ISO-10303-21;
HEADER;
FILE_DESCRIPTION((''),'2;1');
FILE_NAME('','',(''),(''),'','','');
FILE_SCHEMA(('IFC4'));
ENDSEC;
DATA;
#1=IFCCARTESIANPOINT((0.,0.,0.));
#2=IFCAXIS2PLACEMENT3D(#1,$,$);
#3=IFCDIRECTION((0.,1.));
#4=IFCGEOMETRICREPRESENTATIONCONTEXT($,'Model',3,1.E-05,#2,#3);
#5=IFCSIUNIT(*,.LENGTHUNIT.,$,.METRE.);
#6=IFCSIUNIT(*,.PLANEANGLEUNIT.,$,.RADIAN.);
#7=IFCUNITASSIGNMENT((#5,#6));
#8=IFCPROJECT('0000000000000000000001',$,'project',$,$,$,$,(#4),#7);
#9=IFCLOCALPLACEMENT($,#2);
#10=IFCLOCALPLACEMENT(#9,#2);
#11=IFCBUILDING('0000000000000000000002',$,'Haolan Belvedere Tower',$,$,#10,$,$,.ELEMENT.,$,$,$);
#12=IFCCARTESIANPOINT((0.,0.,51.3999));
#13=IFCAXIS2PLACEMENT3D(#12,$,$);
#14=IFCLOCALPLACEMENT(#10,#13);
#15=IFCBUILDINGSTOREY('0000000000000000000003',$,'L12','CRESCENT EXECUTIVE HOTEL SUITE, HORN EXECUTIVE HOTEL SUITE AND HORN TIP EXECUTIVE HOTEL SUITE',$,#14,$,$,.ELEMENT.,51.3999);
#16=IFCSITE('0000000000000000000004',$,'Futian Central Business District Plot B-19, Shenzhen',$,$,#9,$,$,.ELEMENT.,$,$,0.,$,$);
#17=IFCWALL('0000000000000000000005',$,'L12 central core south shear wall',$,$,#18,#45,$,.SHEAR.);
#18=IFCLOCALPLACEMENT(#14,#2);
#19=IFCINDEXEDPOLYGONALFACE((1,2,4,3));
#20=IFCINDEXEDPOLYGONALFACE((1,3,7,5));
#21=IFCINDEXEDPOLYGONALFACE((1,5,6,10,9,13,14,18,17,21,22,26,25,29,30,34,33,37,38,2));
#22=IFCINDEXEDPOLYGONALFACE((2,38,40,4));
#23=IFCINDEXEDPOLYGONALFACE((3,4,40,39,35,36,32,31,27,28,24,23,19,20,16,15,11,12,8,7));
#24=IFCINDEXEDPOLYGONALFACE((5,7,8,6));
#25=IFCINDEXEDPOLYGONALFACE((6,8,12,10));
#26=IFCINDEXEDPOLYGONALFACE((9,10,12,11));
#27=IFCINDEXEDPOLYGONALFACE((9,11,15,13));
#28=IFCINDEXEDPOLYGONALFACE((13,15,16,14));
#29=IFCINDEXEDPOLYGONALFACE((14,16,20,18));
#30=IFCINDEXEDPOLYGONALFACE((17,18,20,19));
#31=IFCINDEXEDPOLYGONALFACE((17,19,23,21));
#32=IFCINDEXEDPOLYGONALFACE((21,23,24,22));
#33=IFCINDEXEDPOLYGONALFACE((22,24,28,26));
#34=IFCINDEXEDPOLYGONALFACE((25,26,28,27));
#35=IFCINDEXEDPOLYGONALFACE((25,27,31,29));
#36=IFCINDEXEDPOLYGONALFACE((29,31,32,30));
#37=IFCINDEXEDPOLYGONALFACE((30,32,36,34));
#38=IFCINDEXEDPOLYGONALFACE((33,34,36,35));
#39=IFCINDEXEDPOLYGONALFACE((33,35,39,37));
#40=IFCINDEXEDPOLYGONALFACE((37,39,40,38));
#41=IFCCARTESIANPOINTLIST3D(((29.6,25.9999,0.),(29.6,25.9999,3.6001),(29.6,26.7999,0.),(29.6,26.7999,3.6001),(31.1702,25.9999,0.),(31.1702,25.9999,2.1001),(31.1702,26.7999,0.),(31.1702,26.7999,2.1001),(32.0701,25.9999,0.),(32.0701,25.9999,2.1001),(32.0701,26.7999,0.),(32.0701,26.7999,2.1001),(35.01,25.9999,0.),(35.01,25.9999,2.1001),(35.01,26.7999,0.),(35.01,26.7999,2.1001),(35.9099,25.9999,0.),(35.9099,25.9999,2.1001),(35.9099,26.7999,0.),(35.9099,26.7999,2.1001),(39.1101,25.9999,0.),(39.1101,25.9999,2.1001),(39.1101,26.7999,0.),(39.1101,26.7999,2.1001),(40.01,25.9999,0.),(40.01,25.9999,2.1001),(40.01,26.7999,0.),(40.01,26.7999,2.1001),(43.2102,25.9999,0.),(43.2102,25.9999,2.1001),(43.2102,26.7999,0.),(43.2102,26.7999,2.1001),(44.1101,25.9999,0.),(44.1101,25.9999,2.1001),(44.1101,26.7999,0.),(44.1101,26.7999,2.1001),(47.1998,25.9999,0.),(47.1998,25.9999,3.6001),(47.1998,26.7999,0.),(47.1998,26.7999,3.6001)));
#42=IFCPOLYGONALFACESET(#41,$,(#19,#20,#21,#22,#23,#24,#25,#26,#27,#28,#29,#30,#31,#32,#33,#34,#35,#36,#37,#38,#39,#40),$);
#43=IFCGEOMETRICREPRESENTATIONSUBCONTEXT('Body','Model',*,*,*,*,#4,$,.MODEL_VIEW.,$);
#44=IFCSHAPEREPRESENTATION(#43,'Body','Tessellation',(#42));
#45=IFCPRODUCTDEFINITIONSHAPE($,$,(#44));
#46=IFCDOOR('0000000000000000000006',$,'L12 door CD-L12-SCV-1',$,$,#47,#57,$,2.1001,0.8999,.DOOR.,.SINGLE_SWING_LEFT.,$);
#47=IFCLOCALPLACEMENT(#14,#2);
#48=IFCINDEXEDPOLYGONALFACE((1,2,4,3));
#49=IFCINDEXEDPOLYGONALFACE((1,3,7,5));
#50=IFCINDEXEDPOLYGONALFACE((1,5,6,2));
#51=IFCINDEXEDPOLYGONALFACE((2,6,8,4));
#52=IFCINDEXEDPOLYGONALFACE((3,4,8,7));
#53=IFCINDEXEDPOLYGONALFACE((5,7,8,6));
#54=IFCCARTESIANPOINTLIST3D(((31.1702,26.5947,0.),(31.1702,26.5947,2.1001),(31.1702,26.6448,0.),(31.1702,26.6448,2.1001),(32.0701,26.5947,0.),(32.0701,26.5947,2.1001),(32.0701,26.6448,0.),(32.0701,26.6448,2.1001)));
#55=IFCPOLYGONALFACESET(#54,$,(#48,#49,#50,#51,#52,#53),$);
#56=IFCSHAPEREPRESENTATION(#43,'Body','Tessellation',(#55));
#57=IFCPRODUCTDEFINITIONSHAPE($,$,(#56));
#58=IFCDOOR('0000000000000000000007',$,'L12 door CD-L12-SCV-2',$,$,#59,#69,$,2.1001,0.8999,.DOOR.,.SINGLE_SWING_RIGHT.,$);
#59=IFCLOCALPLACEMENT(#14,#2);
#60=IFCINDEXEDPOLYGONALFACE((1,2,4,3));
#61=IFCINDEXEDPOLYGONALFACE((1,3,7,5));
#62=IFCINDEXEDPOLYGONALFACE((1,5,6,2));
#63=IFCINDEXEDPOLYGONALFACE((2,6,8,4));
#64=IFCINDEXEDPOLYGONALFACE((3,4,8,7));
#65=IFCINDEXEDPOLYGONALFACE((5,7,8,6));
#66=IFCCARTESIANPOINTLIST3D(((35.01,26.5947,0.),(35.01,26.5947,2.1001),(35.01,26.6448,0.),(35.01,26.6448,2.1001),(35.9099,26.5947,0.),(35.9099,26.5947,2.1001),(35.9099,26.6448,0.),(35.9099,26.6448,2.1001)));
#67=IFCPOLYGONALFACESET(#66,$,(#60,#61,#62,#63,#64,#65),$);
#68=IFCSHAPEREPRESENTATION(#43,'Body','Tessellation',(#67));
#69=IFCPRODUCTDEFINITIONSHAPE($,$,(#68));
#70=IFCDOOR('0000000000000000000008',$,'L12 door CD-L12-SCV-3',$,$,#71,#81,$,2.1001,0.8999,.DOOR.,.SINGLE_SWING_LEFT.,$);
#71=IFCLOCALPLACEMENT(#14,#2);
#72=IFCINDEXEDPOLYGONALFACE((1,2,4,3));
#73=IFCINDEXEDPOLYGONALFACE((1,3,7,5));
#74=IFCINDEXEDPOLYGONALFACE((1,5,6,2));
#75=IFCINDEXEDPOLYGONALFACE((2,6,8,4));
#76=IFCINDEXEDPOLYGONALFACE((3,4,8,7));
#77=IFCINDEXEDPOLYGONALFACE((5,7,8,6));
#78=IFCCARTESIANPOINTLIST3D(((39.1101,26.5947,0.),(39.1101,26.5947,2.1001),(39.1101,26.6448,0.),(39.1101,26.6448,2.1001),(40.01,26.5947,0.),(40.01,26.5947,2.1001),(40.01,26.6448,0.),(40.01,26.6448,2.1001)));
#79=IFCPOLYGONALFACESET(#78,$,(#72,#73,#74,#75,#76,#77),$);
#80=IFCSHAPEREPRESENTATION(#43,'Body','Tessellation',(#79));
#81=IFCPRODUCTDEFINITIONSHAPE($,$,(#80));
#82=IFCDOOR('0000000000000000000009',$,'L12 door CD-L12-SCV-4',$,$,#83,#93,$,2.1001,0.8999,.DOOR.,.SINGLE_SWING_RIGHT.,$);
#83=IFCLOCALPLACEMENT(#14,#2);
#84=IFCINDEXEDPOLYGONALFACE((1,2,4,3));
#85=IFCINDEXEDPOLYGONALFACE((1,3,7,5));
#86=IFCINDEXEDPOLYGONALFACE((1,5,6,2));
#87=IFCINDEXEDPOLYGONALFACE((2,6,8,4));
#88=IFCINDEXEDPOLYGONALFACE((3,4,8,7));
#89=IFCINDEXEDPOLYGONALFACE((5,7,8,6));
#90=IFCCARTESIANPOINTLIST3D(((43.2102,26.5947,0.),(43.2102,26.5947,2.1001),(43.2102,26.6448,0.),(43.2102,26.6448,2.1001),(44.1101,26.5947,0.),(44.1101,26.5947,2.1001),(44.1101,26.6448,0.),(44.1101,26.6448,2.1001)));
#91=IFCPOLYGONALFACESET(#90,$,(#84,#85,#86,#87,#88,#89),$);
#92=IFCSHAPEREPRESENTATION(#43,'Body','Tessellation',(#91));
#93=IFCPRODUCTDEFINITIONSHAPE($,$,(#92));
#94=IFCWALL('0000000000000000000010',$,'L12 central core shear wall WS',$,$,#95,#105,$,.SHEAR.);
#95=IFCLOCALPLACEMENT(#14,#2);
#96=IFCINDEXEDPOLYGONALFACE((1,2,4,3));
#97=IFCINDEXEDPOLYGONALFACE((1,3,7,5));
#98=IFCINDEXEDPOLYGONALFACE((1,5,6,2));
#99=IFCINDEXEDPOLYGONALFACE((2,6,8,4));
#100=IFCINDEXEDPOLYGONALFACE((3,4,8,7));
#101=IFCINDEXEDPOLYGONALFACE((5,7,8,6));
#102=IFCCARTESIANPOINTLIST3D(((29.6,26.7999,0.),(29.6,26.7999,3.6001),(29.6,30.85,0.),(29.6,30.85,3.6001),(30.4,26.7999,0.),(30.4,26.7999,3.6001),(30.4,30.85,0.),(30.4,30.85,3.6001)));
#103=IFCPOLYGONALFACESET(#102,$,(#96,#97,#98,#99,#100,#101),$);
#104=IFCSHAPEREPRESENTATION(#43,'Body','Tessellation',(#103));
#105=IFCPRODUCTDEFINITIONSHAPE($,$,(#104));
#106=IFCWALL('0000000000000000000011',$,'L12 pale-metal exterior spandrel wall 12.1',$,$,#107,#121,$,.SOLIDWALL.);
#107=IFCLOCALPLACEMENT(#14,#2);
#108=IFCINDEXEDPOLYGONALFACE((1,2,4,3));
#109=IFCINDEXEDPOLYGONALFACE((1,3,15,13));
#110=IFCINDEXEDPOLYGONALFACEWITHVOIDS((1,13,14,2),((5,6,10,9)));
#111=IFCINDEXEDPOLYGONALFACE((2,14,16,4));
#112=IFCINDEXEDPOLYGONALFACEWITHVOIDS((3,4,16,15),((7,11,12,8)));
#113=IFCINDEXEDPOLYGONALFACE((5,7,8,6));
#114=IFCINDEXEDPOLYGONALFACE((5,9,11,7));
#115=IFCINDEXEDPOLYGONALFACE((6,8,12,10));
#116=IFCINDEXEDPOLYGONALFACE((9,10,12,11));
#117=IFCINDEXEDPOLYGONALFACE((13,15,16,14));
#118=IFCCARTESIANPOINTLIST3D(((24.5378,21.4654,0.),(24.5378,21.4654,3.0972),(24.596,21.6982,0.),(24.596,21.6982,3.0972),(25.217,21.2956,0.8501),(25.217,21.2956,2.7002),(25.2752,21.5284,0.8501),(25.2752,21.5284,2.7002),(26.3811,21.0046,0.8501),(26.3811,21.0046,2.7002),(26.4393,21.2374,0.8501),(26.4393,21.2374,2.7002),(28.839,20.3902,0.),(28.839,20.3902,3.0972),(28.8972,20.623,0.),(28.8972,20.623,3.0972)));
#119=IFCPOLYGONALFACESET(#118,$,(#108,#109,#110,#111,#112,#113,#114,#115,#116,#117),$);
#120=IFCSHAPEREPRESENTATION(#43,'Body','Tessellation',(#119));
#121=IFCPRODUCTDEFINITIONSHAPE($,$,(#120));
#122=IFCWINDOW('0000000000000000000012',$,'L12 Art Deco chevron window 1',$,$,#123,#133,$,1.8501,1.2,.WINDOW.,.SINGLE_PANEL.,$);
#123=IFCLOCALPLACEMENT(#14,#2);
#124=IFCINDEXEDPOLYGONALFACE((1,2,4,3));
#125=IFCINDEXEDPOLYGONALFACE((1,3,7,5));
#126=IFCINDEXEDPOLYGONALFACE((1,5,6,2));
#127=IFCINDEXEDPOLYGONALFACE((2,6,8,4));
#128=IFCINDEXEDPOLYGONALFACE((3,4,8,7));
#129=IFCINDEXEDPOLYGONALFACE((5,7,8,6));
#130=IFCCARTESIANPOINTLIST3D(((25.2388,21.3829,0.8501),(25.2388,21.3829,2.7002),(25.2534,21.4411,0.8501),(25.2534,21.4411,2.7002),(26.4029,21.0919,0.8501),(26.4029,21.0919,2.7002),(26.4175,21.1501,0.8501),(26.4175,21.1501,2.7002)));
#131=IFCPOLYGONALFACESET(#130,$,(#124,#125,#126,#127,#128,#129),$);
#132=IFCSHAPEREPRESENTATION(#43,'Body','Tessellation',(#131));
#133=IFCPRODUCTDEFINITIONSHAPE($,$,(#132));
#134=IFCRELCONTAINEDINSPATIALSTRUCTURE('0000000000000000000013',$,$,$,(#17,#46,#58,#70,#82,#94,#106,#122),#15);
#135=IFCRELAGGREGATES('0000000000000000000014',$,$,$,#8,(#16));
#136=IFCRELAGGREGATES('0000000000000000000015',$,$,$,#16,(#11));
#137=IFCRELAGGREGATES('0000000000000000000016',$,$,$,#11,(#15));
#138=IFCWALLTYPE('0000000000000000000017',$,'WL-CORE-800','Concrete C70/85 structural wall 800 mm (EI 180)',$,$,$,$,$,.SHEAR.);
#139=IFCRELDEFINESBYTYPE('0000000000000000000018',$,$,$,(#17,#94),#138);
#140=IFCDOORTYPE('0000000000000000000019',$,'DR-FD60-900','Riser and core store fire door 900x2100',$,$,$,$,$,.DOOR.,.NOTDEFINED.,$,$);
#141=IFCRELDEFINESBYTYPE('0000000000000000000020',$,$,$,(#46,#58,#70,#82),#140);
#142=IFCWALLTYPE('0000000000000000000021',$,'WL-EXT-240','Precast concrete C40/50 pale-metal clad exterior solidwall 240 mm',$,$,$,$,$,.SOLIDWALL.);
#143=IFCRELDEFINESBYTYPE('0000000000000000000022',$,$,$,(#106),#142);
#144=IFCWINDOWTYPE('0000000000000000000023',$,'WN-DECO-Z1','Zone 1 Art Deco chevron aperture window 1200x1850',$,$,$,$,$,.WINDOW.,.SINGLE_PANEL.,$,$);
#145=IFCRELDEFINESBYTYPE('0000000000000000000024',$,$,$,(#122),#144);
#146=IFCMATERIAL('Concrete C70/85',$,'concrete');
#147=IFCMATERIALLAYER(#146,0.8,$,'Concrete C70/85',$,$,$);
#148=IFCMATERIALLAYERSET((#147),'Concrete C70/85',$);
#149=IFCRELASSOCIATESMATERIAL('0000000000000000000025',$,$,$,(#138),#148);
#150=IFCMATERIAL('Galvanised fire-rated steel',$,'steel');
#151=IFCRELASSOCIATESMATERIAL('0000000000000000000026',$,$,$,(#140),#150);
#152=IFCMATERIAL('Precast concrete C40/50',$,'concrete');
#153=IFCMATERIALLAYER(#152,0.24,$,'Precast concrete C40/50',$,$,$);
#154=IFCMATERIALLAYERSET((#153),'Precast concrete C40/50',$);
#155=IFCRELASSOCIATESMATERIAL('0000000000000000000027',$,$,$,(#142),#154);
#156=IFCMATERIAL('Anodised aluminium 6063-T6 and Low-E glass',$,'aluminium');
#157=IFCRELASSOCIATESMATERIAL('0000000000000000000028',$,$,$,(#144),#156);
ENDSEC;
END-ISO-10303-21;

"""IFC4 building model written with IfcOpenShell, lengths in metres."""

from ifc_helpers import new_model, si_unit, direction, frame, frame_2d, origin, place, context, subcontext, project, spatial, rectangle, extrude, material, layer, layer_set, type_object, element, fill, save


model = new_model("IFC4")

# Units and contexts
model_context = context("Model", 3, precision=1e-05, world=origin(), true_north=direction((0.0, 1.0)))
body_context = subcontext(model_context, "Body", "Model", "MODEL_VIEW")
ifc_project = project(units=[si_unit("LENGTHUNIT", "METRE"), si_unit("PLANEANGLEUNIT", "RADIAN")], contexts=[model_context])

# Site, building, storey
site_placement = place(None, origin())
site = spatial("IfcSite", under=ifc_project, at=site_placement, Name="Futian Central Business District Plot B-19, Shenzhen", CompositionType="ELEMENT", RefElevation=0.0)
building_placement = place(site_placement, origin())
building = spatial("IfcBuilding", under=site, at=building_placement, Name="Haolan Belvedere Tower", CompositionType="ELEMENT")
storey_placement = place(building_placement, frame((0.0, 0.0, 51.3999)))
storey = spatial("IfcBuildingStorey", under=building, at=storey_placement, Name="L12", Description="CRESCENT EXECUTIVE HOTEL SUITE, HORN EXECUTIVE HOTEL SUITE AND HORN TIP EXECUTIVE HOTEL SUITE", CompositionType="ELEMENT", Elevation=51.3999)

# Wall, openings, doors
ifc_material_1 = material(Name="Concrete C70/85", Category="concrete")
ifc_layer_1 = layer(ifc_material_1, 0.8, Name="Concrete C70/85")
ifc_layer_set_1 = layer_set([ifc_layer_1], Name="Concrete C70/85")
wall_type_1 = type_object("IfcWallType", Name="WL-CORE-800", Description="Concrete C70/85 structural wall 800 mm (EI 180)", PredefinedType="SHEAR", material=ifc_layer_set_1)
wall_1_placement = place(storey_placement, frame((29.6001, 26.3999, 0.0), z_axis=(0.0, 0.0, 1.0), x_axis=(1.0, 0.0, 0.0)))
wall_1 = element("IfcWall", 1, at=wall_1_placement, inside=storey, type_object=wall_type_1, Name="L12 central core south shear wall", PredefinedType="SHEAR", context=body_context, shape_type="SweptSolid", body=[
    extrude(rectangle(XDim=17.5999, YDim=0.8, at=frame_2d((8.7998, 0.0))), origin(), (0.0, 0.0, 1.0), 3.6001),
])
opening_1_placement = place(wall_1_placement, frame((2.47, 0.0, 0.0), z_axis=(0.0, 0.0, 1.0), x_axis=(-1.0, 0.0, 0.0)))
opening_1 = element("IfcOpeningElement", 2, at=opening_1_placement, cuts=wall_1, PredefinedType="OPENING", context=body_context, shape_type="SweptSolid", body=[
    extrude(rectangle(XDim=0.8999, YDim=2.1001, at=frame_2d((0.45, 1.05))), frame((0.0, 0.4099, 0.0), z_axis=(0.0, -1.0, 0.0), x_axis=(1.0, 0.0, 0.0)), (0.0, 0.0, 1.0), 0.8201),
])
opening_2_placement = place(wall_1_placement, frame((6.3098, 0.0, 0.0), z_axis=(0.0, 0.0, 1.0), x_axis=(-1.0, 0.0, 0.0)))
opening_2 = element("IfcOpeningElement", 3, at=opening_2_placement, cuts=wall_1, PredefinedType="OPENING", context=body_context, shape_type="SweptSolid", body=[
    extrude(rectangle(XDim=0.8999, YDim=2.1001, at=frame_2d((0.45, 1.05))), frame((0.0, 0.4099, 0.0), z_axis=(0.0, -1.0, 0.0), x_axis=(1.0, 0.0, 0.0)), (0.0, 0.0, 1.0), 0.8201),
])
opening_3_placement = place(wall_1_placement, frame((10.4099, 0.0, 0.0), z_axis=(0.0, 0.0, 1.0), x_axis=(-1.0, 0.0, 0.0)))
opening_3 = element("IfcOpeningElement", 4, at=opening_3_placement, cuts=wall_1, PredefinedType="OPENING", context=body_context, shape_type="SweptSolid", body=[
    extrude(rectangle(XDim=0.8999, YDim=2.1001, at=frame_2d((0.45, 1.05))), frame((0.0, 0.4099, 0.0), z_axis=(0.0, -1.0, 0.0), x_axis=(1.0, 0.0, 0.0)), (0.0, 0.0, 1.0), 0.8201),
])
opening_4_placement = place(wall_1_placement, frame((14.51, 0.0, 0.0), z_axis=(0.0, 0.0, 1.0), x_axis=(-1.0, 0.0, 0.0)))
opening_4 = element("IfcOpeningElement", 5, at=opening_4_placement, cuts=wall_1, PredefinedType="OPENING", context=body_context, shape_type="SweptSolid", body=[
    extrude(rectangle(XDim=0.8999, YDim=2.1001, at=frame_2d((0.45, 1.05))), frame((0.0, 0.4099, 0.0), z_axis=(0.0, -1.0, 0.0), x_axis=(1.0, 0.0, 0.0)), (0.0, 0.0, 1.0), 0.8201),
])
ifc_material_2 = material(Name="Galvanised fire-rated steel", Category="steel")
door_type_1 = type_object("IfcDoorType", Name="DR-FD60-900", Description="Riser and core store fire door 900x2100", OperationType="NOTDEFINED", PredefinedType="DOOR", material=ifc_material_2)
door_1_placement = place(opening_1_placement, origin())
door_1 = element("IfcDoor", 6, at=door_1_placement, inside=storey, type_object=door_type_1, Name="L12 door CD-L12-SCV-1", OperationType="SINGLE_SWING_LEFT", OverallHeight=2.1001, OverallWidth=0.8999, PredefinedType="DOOR", context=body_context, shape_type="SweptSolid", body=[
    extrude(rectangle(XDim=0.8999, YDim=2.1001, at=frame_2d((0.45, 1.05))), frame((0.0, -0.1948, 0.0), z_axis=(0.0, -1.0, 0.0), x_axis=(1.0, 0.0, 0.0)), (0.0, 0.0, 1.0), 0.05),
])
fill(opening_1, door_1)
door_2_placement = place(opening_2_placement, origin())
door_2 = element("IfcDoor", 7, at=door_2_placement, inside=storey, type_object=door_type_1, Name="L12 door CD-L12-SCV-2", OperationType="SINGLE_SWING_RIGHT", OverallHeight=2.1001, OverallWidth=0.8999, PredefinedType="DOOR", context=body_context, shape_type="SweptSolid", body=[
    extrude(rectangle(XDim=0.8999, YDim=2.1001, at=frame_2d((0.45, 1.05))), frame((0.0, -0.1948, 0.0), z_axis=(0.0, -1.0, 0.0), x_axis=(1.0, 0.0, 0.0)), (0.0, 0.0, 1.0), 0.05),
])
fill(opening_2, door_2)
door_3_placement = place(opening_3_placement, origin())
door_3 = element("IfcDoor", 8, at=door_3_placement, inside=storey, type_object=door_type_1, Name="L12 door CD-L12-SCV-3", OperationType="SINGLE_SWING_LEFT", OverallHeight=2.1001, OverallWidth=0.8999, PredefinedType="DOOR", context=body_context, shape_type="SweptSolid", body=[
    extrude(rectangle(XDim=0.8999, YDim=2.1001, at=frame_2d((0.45, 1.05))), frame((0.0, -0.1948, 0.0), z_axis=(0.0, -1.0, 0.0), x_axis=(1.0, 0.0, 0.0)), (0.0, 0.0, 1.0), 0.05),
])
fill(opening_3, door_3)
door_4_placement = place(opening_4_placement, origin())
door_4 = element("IfcDoor", 9, at=door_4_placement, inside=storey, type_object=door_type_1, Name="L12 door CD-L12-SCV-4", OperationType="SINGLE_SWING_RIGHT", OverallHeight=2.1001, OverallWidth=0.8999, PredefinedType="DOOR", context=body_context, shape_type="SweptSolid", body=[
    extrude(rectangle(XDim=0.8999, YDim=2.1001, at=frame_2d((0.45, 1.05))), frame((0.0, -0.1948, 0.0), z_axis=(0.0, -1.0, 0.0), x_axis=(1.0, 0.0, 0.0)), (0.0, 0.0, 1.0), 0.05),
])
fill(opening_4, door_4)

# Wall
wall_2_placement = place(storey_placement, frame((30.0, 26.8, 0.0), z_axis=(0.0, 0.0, 1.0), x_axis=(0.0, 1.0, 0.0)))
element("IfcWall", 10, at=wall_2_placement, inside=storey, type_object=wall_type_1, Name="L12 central core shear wall WS", PredefinedType="SHEAR", context=body_context, shape_type="SweptSolid", body=[
    extrude(rectangle(XDim=4.05, YDim=0.8, at=frame_2d((2.0249, 0.0))), origin(), (0.0, 0.0, 1.0), 3.6001),
])

# Wall, opening, window
ifc_material_3 = material(Name="Precast concrete C40/50", Category="concrete")
ifc_layer_2 = layer(ifc_material_3, 0.24, Name="Precast concrete C40/50")
ifc_layer_set_2 = layer_set([ifc_layer_2], Name="Precast concrete C40/50")
wall_type_2 = type_object("IfcWallType", Name="WL-EXT-240", Description="Precast concrete C40/50 pale-metal clad exterior solidwall 240 mm", PredefinedType="SOLIDWALL", material=ifc_layer_set_2)
wall_3_placement = place(storey_placement, frame((24.5669, 21.5818, 0.0), z_axis=(0.0, 0.0, 1.0), x_axis=(0.970149, -0.24251, 0.0)))
wall_3 = element("IfcWall", 11, at=wall_3_placement, inside=storey, type_object=wall_type_2, Name="L12 pale-metal exterior spandrel wall 12.1", PredefinedType="SOLIDWALL", context=body_context, shape_type="SweptSolid", body=[
    extrude(rectangle(XDim=4.4336, YDim=0.24, at=frame_2d((2.2168, 0.0))), origin(), (0.0, 0.0, 1.0), 3.0972),
])
opening_5_placement = place(wall_3_placement, frame((0.7, 0.0, 0.8501)))
opening_5 = element("IfcOpeningElement", 12, at=opening_5_placement, cuts=wall_3, PredefinedType="OPENING", context=body_context, shape_type="SweptSolid", body=[
    extrude(rectangle(XDim=1.2, YDim=1.8501, at=frame_2d((0.6001, 0.925))), frame((0.0, 0.1299, 0.0), z_axis=(0.0, -1.0, 0.0), x_axis=(1.0, 0.0, 0.0)), (0.0, 0.0, 1.0), 0.26),
])
ifc_material_4 = material(Name="Anodised aluminium 6063-T6 and Low-E glass", Category="aluminium")
window_type = type_object("IfcWindowType", Name="WN-DECO-Z1", Description="Zone 1 Art Deco chevron aperture window 1200x1850", PartitioningType="SINGLE_PANEL", PredefinedType="WINDOW", material=ifc_material_4)
window_placement = place(opening_5_placement, origin())
window = element("IfcWindow", 13, at=window_placement, inside=storey, type_object=window_type, Name="L12 Art Deco chevron window 1", OverallHeight=1.8501, OverallWidth=1.2, PartitioningType="SINGLE_PANEL", PredefinedType="WINDOW", context=body_context, shape_type="SweptSolid", body=[
    extrude(rectangle(XDim=1.2, YDim=1.8501, at=frame_2d((0.6001, 0.925))), frame((0.0, 0.03, 0.0), z_axis=(0.0, -1.0, 0.0), x_axis=(1.0, 0.0, 0.0)), (0.0, 0.0, 1.0), 0.0601),
])
fill(opening_5, window)

save(model, "model.ifc")
